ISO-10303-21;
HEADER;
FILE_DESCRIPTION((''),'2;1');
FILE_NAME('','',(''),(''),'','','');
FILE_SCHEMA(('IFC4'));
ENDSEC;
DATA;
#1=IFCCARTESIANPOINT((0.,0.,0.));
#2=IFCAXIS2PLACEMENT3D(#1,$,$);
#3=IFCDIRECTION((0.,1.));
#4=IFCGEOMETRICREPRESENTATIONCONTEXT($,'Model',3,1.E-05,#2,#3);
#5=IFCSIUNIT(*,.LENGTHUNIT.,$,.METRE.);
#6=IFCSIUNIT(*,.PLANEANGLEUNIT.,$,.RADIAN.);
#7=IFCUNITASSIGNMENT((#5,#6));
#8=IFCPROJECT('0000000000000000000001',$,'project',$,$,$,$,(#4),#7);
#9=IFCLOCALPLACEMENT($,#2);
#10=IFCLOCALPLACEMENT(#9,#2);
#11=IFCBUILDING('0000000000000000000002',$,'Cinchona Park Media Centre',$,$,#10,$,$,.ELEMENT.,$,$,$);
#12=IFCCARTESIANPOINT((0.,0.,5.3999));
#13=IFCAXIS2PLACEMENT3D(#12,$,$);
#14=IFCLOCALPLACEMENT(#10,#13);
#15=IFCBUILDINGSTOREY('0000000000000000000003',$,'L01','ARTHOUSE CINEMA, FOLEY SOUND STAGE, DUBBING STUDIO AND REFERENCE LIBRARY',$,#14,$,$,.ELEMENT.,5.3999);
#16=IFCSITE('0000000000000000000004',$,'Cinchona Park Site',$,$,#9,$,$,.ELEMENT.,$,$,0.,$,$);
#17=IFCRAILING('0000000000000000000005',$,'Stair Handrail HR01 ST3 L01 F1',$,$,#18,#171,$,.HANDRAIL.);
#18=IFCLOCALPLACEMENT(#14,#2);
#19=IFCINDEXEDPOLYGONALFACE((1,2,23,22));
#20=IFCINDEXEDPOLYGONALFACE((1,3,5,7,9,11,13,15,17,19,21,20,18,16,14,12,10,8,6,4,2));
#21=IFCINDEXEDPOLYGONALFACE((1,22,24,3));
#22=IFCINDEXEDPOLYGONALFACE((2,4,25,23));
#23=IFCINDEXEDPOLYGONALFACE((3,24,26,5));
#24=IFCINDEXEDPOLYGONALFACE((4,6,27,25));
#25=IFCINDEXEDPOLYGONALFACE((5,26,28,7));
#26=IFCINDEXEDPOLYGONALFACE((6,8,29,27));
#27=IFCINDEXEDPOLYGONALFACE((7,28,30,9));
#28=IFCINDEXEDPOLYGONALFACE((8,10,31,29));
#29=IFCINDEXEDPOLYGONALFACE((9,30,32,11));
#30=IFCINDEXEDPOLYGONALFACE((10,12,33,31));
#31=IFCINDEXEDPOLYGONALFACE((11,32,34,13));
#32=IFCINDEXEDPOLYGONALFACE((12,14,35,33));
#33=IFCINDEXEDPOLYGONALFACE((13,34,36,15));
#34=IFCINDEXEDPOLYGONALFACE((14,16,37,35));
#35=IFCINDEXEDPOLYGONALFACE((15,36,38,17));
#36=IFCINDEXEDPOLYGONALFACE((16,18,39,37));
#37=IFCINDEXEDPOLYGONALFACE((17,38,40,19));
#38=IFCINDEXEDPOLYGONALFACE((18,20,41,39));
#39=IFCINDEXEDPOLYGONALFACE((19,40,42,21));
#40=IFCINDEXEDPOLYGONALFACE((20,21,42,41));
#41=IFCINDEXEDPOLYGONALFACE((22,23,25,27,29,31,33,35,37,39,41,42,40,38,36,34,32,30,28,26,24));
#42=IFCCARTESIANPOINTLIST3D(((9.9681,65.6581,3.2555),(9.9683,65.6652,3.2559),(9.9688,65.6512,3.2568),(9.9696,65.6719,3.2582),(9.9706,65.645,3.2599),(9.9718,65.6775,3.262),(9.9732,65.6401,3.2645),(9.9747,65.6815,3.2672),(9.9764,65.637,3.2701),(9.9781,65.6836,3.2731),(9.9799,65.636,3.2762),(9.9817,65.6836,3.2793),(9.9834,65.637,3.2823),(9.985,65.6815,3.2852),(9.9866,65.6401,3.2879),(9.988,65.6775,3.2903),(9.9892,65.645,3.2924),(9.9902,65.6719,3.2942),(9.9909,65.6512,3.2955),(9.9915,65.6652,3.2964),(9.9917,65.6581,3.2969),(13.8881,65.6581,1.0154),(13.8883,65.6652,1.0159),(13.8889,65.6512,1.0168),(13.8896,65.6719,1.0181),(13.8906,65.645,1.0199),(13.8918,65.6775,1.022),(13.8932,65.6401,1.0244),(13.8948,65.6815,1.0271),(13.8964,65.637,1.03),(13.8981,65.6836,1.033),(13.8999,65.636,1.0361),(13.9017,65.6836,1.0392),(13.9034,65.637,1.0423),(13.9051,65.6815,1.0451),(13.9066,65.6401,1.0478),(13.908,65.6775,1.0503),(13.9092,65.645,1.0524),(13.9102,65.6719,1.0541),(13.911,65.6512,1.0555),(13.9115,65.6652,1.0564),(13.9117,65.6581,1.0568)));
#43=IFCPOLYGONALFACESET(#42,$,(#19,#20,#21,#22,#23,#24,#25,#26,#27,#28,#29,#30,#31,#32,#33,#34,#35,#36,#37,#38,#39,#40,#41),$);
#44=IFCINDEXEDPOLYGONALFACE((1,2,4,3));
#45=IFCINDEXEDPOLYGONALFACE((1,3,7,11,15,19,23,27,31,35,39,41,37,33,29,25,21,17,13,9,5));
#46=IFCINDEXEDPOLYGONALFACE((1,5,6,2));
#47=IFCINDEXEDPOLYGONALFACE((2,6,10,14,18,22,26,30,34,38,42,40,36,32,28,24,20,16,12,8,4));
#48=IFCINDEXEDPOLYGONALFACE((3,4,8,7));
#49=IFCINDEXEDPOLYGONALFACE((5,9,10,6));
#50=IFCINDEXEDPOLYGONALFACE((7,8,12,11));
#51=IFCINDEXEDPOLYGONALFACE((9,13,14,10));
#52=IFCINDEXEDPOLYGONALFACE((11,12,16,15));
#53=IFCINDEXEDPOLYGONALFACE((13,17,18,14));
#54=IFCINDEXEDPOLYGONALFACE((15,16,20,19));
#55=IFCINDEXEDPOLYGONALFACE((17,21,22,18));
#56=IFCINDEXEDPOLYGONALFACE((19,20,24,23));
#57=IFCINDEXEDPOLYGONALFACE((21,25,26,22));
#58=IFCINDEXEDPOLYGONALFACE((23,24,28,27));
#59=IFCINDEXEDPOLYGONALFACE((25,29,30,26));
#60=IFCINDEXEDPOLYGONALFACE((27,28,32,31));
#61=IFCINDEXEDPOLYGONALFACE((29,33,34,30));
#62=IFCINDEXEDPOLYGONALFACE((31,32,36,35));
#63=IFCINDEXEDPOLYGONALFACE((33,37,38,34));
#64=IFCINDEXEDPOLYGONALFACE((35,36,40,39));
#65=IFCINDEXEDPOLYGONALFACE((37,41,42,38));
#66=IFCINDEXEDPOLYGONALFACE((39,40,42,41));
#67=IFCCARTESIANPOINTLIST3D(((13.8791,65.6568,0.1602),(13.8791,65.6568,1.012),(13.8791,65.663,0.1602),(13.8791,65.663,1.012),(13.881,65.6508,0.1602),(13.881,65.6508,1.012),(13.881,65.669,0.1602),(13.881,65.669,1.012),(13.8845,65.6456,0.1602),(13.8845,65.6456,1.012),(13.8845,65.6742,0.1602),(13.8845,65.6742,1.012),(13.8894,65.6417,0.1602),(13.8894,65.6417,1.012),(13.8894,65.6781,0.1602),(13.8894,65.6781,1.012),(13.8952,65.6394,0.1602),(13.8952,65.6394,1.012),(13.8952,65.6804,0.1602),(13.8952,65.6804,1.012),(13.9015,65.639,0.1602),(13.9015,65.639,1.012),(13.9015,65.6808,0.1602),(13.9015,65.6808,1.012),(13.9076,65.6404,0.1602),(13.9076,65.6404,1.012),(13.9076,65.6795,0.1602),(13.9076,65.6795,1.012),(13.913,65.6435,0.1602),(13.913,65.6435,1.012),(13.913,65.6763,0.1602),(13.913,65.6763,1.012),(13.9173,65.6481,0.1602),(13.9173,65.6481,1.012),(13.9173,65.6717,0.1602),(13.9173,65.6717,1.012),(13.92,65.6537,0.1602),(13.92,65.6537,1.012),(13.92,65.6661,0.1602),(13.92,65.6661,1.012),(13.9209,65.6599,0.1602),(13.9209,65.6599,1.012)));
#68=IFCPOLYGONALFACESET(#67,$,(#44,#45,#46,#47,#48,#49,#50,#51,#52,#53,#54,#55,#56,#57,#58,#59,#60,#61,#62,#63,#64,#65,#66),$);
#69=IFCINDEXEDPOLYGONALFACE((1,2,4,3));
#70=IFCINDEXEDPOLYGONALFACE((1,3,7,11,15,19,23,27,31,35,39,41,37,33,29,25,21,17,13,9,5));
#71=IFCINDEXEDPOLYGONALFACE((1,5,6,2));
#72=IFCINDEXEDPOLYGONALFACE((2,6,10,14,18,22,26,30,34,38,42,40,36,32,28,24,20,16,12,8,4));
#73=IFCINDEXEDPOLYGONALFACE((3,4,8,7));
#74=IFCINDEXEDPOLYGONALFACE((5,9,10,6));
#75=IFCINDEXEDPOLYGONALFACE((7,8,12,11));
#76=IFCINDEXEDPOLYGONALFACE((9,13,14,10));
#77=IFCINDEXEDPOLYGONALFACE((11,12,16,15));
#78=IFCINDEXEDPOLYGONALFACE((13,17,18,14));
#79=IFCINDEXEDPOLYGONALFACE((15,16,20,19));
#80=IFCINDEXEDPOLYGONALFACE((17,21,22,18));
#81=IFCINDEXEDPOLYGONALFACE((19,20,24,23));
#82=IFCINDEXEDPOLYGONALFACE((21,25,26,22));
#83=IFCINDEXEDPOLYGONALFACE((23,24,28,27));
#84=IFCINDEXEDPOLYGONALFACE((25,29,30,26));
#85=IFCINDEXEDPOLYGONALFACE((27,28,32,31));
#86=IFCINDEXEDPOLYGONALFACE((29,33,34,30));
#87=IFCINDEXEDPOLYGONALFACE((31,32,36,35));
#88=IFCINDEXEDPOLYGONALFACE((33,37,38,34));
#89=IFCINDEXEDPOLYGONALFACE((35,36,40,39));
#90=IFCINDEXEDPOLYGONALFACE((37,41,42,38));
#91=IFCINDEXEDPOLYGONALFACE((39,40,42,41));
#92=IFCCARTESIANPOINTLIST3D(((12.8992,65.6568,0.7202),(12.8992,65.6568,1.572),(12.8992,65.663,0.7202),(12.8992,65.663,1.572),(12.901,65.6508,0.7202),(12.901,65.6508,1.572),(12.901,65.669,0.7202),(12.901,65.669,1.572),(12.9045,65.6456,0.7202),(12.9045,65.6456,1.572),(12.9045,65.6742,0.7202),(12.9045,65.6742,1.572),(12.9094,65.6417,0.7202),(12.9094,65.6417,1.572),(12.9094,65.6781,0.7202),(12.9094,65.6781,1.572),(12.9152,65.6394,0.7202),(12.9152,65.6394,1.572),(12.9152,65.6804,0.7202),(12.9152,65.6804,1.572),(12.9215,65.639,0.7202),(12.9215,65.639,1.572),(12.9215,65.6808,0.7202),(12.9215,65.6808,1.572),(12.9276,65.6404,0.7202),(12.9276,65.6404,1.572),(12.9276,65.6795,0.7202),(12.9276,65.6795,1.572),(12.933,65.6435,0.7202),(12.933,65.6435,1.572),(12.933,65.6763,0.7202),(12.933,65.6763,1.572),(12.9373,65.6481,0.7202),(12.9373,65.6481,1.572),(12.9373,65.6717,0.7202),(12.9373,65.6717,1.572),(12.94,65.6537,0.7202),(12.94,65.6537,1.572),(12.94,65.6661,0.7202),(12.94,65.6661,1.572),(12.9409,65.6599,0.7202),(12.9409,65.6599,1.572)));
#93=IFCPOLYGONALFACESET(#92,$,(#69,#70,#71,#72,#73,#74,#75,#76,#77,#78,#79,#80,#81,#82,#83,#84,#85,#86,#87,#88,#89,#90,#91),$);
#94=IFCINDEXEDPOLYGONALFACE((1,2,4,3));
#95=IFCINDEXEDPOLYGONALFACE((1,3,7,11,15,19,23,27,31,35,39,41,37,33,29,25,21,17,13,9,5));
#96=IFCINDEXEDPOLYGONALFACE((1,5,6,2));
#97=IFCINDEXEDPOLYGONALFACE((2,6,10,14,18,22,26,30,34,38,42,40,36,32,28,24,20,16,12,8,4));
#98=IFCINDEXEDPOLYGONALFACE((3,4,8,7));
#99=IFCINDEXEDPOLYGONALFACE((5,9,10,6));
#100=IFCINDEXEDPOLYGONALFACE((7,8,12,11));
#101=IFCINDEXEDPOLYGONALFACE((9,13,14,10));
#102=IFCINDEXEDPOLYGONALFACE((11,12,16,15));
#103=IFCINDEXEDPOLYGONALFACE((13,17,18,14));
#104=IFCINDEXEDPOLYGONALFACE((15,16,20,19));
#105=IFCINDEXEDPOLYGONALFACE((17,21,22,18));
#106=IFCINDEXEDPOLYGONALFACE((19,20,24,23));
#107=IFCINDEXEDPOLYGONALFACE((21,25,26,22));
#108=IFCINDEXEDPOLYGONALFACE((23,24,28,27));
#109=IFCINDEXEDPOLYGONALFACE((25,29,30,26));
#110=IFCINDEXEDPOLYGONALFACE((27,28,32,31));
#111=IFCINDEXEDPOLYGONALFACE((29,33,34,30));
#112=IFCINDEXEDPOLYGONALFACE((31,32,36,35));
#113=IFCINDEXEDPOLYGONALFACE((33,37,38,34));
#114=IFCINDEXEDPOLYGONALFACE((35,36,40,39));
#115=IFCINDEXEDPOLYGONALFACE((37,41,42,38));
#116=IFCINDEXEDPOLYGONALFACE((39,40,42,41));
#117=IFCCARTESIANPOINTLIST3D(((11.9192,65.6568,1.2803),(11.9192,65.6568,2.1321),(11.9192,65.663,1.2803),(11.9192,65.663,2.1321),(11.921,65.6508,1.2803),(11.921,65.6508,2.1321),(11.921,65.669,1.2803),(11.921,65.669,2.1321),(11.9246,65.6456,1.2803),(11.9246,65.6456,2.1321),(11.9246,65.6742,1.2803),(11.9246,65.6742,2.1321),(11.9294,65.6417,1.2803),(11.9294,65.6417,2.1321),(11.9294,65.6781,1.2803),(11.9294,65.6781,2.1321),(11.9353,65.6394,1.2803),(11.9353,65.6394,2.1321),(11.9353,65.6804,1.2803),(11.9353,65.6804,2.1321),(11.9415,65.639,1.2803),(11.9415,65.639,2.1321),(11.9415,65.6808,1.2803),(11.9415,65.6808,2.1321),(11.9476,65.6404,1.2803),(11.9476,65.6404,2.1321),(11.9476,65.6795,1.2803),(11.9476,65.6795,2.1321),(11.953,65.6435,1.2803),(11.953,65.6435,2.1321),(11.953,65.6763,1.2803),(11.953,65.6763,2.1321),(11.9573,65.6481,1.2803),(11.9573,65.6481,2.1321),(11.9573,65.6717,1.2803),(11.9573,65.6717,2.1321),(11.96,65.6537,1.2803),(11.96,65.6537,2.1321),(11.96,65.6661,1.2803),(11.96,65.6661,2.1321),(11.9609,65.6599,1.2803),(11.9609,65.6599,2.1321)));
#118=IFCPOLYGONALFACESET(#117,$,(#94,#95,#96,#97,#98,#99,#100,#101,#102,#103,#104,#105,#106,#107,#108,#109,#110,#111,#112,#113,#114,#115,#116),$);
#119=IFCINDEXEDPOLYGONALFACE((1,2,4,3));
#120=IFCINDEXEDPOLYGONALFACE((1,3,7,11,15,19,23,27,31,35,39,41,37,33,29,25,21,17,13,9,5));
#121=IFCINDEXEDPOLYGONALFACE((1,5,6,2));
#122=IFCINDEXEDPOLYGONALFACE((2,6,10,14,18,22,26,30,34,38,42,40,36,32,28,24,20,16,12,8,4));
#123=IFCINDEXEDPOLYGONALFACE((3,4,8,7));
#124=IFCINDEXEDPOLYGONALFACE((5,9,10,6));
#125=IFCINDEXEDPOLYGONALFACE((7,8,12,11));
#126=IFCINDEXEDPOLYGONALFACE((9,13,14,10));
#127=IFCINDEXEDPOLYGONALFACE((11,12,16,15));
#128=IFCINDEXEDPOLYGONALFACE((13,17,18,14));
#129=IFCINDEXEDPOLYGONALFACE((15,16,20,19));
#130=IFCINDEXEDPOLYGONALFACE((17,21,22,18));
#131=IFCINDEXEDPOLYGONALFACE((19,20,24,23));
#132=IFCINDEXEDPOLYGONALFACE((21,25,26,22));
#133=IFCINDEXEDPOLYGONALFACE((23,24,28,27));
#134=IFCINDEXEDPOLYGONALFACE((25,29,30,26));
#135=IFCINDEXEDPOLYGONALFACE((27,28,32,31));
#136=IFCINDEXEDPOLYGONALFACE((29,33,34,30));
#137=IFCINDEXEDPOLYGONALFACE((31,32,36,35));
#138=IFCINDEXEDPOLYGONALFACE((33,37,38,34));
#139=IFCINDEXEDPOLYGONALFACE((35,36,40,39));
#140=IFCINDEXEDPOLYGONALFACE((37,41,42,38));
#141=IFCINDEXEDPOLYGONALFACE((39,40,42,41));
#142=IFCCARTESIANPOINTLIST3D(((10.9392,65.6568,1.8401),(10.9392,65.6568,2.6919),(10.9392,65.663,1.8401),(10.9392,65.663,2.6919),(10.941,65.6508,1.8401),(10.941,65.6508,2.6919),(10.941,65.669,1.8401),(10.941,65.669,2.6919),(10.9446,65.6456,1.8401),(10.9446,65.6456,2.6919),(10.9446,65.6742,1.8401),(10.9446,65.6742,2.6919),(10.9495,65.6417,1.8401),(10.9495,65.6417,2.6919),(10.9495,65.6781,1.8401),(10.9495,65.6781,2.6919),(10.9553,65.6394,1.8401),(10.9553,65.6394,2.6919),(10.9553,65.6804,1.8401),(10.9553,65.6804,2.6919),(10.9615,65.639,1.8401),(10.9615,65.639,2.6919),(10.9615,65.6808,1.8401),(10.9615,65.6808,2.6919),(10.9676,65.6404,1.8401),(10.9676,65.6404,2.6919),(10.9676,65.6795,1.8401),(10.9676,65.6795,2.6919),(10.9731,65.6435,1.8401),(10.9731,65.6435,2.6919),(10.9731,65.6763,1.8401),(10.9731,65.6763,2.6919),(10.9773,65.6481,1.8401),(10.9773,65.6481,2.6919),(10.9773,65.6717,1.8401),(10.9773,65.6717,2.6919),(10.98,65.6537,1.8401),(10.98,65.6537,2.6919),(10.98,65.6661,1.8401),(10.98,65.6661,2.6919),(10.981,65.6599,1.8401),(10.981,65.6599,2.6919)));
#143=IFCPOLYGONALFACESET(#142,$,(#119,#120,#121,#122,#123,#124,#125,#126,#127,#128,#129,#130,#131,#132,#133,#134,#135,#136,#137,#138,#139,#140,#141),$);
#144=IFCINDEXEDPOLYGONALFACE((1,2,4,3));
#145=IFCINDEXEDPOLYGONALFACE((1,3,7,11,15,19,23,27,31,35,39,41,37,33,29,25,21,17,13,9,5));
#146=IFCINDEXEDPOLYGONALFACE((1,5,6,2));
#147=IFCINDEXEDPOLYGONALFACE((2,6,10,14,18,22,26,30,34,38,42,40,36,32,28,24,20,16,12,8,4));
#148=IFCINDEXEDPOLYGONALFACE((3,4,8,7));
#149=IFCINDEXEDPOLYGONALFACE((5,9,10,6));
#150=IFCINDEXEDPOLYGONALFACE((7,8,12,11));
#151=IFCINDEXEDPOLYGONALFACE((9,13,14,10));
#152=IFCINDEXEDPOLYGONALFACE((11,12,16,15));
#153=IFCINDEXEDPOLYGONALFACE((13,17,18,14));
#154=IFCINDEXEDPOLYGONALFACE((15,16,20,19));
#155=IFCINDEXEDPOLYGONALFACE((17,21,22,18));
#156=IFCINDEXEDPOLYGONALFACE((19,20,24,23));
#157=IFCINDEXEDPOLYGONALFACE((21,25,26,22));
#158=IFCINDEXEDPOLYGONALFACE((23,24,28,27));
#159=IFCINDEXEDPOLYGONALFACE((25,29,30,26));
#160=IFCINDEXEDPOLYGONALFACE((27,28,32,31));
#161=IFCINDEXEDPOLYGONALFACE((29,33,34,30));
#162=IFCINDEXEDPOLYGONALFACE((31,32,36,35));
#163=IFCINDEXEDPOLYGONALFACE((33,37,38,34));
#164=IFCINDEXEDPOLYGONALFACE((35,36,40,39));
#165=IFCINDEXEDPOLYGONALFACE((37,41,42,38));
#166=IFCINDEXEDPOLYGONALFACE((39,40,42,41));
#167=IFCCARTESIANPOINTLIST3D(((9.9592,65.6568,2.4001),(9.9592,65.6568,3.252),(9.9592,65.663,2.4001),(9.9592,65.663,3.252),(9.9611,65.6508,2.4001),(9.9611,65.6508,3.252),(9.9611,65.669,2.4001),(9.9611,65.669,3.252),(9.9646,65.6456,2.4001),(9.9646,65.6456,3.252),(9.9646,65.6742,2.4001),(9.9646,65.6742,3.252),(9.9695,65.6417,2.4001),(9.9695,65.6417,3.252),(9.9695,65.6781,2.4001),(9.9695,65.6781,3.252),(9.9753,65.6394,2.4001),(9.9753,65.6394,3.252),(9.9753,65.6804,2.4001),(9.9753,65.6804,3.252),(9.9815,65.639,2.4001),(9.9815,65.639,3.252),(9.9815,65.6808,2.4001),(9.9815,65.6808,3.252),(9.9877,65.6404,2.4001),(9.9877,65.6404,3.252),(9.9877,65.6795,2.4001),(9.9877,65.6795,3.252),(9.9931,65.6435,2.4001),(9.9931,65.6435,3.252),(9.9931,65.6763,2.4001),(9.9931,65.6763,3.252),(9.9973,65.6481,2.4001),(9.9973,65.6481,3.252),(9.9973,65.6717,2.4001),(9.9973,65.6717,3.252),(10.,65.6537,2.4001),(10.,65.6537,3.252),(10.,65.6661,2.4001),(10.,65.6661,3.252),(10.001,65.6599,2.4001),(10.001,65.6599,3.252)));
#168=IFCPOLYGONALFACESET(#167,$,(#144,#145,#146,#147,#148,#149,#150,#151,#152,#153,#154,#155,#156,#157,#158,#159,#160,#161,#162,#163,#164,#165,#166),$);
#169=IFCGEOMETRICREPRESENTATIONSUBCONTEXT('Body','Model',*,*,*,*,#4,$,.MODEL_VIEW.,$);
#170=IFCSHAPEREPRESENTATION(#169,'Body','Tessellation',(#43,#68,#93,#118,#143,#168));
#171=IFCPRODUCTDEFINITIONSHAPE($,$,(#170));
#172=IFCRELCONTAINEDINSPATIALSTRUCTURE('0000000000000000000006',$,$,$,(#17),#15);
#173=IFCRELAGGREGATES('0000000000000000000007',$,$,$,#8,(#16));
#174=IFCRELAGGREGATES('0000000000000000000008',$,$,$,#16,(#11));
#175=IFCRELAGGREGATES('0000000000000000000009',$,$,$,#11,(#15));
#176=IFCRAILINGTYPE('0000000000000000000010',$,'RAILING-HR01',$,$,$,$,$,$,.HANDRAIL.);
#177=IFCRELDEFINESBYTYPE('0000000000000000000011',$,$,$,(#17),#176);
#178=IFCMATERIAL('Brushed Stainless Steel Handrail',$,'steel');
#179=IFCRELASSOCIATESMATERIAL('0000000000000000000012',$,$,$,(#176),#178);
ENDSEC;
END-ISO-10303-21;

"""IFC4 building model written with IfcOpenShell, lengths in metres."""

from ifc_helpers import new_model, si_unit, direction, frame, origin, origin_2d, place, context, subcontext, project, spatial, circle, extrude, material, type_object, element, save


model = new_model("IFC4")

# Units and contexts
model_context = context("Model", 3, precision=1e-05, world=origin(), true_north=direction((0.0, 1.0)))
body_context = subcontext(model_context, "Body", "Model", "MODEL_VIEW")
ifc_project = project(units=[si_unit("LENGTHUNIT", "METRE"), si_unit("PLANEANGLEUNIT", "RADIAN")], contexts=[model_context])

# Site, building, storey
site_placement = place(None, origin())
site = spatial("IfcSite", under=ifc_project, at=site_placement, Name="Cinchona Park Site", CompositionType="ELEMENT", RefElevation=0.0)
building_placement = place(site_placement, origin())
building = spatial("IfcBuilding", under=site, at=building_placement, Name="Cinchona Park Media Centre", CompositionType="ELEMENT")
storey_placement = place(building_placement, frame((0.0, 0.0, 5.3999)))
storey = spatial("IfcBuildingStorey", under=building, at=storey_placement, Name="L01", Description="ARTHOUSE CINEMA, FOLEY SOUND STAGE, DUBBING STUDIO AND REFERENCE LIBRARY", CompositionType="ELEMENT", Elevation=5.3999)

# Railing
ifc_material_1 = material(Name="Brushed Stainless Steel Handrail", Category="steel")
railing_type_1 = type_object("IfcRailingType", Name="RAILING-HR01", PredefinedType="HANDRAIL", material=ifc_material_1)
railing_1_placement = place(storey_placement, frame((13.8999, 65.6599, 0.1602)))
element("IfcRailing", 1, at=railing_1_placement, inside=storey, type_object=railing_type_1, Name="Stair Handrail HR01 ST3 L01 F1", PredefinedType="HANDRAIL", context=body_context, shape_type="SweptSolid", body=[
    extrude(circle(Radius=0.0239, at=origin_2d()), frame((0.0, 0.0, 0.876), z_axis=(-0.86824, 0.0, 0.496145), x_axis=(0.0, -1.0, 0.0)), (0.0, 0.0, 1.0), 4.5149),
    extrude(circle(Radius=0.021, at=origin_2d()), origin(), (0.0, 0.0, 1.0), 0.8518),
    extrude(circle(Radius=0.021, at=origin_2d()), frame((-0.98, 0.0, 0.5601)), (0.0, 0.0, 1.0), 0.8518),
    extrude(circle(Radius=0.021, at=origin_2d()), frame((-1.96, 0.0, 1.1201)), (0.0, 0.0, 1.0), 0.8518),
    extrude(circle(Radius=0.021, at=origin_2d()), frame((-2.9399, 0.0, 1.6799)), (0.0, 0.0, 1.0), 0.8518),
    extrude(circle(Radius=0.021, at=origin_2d()), frame((-3.9199, 0.0, 2.24)), (0.0, 0.0, 1.0), 0.8518),
])

save(model, "model.ifc")
